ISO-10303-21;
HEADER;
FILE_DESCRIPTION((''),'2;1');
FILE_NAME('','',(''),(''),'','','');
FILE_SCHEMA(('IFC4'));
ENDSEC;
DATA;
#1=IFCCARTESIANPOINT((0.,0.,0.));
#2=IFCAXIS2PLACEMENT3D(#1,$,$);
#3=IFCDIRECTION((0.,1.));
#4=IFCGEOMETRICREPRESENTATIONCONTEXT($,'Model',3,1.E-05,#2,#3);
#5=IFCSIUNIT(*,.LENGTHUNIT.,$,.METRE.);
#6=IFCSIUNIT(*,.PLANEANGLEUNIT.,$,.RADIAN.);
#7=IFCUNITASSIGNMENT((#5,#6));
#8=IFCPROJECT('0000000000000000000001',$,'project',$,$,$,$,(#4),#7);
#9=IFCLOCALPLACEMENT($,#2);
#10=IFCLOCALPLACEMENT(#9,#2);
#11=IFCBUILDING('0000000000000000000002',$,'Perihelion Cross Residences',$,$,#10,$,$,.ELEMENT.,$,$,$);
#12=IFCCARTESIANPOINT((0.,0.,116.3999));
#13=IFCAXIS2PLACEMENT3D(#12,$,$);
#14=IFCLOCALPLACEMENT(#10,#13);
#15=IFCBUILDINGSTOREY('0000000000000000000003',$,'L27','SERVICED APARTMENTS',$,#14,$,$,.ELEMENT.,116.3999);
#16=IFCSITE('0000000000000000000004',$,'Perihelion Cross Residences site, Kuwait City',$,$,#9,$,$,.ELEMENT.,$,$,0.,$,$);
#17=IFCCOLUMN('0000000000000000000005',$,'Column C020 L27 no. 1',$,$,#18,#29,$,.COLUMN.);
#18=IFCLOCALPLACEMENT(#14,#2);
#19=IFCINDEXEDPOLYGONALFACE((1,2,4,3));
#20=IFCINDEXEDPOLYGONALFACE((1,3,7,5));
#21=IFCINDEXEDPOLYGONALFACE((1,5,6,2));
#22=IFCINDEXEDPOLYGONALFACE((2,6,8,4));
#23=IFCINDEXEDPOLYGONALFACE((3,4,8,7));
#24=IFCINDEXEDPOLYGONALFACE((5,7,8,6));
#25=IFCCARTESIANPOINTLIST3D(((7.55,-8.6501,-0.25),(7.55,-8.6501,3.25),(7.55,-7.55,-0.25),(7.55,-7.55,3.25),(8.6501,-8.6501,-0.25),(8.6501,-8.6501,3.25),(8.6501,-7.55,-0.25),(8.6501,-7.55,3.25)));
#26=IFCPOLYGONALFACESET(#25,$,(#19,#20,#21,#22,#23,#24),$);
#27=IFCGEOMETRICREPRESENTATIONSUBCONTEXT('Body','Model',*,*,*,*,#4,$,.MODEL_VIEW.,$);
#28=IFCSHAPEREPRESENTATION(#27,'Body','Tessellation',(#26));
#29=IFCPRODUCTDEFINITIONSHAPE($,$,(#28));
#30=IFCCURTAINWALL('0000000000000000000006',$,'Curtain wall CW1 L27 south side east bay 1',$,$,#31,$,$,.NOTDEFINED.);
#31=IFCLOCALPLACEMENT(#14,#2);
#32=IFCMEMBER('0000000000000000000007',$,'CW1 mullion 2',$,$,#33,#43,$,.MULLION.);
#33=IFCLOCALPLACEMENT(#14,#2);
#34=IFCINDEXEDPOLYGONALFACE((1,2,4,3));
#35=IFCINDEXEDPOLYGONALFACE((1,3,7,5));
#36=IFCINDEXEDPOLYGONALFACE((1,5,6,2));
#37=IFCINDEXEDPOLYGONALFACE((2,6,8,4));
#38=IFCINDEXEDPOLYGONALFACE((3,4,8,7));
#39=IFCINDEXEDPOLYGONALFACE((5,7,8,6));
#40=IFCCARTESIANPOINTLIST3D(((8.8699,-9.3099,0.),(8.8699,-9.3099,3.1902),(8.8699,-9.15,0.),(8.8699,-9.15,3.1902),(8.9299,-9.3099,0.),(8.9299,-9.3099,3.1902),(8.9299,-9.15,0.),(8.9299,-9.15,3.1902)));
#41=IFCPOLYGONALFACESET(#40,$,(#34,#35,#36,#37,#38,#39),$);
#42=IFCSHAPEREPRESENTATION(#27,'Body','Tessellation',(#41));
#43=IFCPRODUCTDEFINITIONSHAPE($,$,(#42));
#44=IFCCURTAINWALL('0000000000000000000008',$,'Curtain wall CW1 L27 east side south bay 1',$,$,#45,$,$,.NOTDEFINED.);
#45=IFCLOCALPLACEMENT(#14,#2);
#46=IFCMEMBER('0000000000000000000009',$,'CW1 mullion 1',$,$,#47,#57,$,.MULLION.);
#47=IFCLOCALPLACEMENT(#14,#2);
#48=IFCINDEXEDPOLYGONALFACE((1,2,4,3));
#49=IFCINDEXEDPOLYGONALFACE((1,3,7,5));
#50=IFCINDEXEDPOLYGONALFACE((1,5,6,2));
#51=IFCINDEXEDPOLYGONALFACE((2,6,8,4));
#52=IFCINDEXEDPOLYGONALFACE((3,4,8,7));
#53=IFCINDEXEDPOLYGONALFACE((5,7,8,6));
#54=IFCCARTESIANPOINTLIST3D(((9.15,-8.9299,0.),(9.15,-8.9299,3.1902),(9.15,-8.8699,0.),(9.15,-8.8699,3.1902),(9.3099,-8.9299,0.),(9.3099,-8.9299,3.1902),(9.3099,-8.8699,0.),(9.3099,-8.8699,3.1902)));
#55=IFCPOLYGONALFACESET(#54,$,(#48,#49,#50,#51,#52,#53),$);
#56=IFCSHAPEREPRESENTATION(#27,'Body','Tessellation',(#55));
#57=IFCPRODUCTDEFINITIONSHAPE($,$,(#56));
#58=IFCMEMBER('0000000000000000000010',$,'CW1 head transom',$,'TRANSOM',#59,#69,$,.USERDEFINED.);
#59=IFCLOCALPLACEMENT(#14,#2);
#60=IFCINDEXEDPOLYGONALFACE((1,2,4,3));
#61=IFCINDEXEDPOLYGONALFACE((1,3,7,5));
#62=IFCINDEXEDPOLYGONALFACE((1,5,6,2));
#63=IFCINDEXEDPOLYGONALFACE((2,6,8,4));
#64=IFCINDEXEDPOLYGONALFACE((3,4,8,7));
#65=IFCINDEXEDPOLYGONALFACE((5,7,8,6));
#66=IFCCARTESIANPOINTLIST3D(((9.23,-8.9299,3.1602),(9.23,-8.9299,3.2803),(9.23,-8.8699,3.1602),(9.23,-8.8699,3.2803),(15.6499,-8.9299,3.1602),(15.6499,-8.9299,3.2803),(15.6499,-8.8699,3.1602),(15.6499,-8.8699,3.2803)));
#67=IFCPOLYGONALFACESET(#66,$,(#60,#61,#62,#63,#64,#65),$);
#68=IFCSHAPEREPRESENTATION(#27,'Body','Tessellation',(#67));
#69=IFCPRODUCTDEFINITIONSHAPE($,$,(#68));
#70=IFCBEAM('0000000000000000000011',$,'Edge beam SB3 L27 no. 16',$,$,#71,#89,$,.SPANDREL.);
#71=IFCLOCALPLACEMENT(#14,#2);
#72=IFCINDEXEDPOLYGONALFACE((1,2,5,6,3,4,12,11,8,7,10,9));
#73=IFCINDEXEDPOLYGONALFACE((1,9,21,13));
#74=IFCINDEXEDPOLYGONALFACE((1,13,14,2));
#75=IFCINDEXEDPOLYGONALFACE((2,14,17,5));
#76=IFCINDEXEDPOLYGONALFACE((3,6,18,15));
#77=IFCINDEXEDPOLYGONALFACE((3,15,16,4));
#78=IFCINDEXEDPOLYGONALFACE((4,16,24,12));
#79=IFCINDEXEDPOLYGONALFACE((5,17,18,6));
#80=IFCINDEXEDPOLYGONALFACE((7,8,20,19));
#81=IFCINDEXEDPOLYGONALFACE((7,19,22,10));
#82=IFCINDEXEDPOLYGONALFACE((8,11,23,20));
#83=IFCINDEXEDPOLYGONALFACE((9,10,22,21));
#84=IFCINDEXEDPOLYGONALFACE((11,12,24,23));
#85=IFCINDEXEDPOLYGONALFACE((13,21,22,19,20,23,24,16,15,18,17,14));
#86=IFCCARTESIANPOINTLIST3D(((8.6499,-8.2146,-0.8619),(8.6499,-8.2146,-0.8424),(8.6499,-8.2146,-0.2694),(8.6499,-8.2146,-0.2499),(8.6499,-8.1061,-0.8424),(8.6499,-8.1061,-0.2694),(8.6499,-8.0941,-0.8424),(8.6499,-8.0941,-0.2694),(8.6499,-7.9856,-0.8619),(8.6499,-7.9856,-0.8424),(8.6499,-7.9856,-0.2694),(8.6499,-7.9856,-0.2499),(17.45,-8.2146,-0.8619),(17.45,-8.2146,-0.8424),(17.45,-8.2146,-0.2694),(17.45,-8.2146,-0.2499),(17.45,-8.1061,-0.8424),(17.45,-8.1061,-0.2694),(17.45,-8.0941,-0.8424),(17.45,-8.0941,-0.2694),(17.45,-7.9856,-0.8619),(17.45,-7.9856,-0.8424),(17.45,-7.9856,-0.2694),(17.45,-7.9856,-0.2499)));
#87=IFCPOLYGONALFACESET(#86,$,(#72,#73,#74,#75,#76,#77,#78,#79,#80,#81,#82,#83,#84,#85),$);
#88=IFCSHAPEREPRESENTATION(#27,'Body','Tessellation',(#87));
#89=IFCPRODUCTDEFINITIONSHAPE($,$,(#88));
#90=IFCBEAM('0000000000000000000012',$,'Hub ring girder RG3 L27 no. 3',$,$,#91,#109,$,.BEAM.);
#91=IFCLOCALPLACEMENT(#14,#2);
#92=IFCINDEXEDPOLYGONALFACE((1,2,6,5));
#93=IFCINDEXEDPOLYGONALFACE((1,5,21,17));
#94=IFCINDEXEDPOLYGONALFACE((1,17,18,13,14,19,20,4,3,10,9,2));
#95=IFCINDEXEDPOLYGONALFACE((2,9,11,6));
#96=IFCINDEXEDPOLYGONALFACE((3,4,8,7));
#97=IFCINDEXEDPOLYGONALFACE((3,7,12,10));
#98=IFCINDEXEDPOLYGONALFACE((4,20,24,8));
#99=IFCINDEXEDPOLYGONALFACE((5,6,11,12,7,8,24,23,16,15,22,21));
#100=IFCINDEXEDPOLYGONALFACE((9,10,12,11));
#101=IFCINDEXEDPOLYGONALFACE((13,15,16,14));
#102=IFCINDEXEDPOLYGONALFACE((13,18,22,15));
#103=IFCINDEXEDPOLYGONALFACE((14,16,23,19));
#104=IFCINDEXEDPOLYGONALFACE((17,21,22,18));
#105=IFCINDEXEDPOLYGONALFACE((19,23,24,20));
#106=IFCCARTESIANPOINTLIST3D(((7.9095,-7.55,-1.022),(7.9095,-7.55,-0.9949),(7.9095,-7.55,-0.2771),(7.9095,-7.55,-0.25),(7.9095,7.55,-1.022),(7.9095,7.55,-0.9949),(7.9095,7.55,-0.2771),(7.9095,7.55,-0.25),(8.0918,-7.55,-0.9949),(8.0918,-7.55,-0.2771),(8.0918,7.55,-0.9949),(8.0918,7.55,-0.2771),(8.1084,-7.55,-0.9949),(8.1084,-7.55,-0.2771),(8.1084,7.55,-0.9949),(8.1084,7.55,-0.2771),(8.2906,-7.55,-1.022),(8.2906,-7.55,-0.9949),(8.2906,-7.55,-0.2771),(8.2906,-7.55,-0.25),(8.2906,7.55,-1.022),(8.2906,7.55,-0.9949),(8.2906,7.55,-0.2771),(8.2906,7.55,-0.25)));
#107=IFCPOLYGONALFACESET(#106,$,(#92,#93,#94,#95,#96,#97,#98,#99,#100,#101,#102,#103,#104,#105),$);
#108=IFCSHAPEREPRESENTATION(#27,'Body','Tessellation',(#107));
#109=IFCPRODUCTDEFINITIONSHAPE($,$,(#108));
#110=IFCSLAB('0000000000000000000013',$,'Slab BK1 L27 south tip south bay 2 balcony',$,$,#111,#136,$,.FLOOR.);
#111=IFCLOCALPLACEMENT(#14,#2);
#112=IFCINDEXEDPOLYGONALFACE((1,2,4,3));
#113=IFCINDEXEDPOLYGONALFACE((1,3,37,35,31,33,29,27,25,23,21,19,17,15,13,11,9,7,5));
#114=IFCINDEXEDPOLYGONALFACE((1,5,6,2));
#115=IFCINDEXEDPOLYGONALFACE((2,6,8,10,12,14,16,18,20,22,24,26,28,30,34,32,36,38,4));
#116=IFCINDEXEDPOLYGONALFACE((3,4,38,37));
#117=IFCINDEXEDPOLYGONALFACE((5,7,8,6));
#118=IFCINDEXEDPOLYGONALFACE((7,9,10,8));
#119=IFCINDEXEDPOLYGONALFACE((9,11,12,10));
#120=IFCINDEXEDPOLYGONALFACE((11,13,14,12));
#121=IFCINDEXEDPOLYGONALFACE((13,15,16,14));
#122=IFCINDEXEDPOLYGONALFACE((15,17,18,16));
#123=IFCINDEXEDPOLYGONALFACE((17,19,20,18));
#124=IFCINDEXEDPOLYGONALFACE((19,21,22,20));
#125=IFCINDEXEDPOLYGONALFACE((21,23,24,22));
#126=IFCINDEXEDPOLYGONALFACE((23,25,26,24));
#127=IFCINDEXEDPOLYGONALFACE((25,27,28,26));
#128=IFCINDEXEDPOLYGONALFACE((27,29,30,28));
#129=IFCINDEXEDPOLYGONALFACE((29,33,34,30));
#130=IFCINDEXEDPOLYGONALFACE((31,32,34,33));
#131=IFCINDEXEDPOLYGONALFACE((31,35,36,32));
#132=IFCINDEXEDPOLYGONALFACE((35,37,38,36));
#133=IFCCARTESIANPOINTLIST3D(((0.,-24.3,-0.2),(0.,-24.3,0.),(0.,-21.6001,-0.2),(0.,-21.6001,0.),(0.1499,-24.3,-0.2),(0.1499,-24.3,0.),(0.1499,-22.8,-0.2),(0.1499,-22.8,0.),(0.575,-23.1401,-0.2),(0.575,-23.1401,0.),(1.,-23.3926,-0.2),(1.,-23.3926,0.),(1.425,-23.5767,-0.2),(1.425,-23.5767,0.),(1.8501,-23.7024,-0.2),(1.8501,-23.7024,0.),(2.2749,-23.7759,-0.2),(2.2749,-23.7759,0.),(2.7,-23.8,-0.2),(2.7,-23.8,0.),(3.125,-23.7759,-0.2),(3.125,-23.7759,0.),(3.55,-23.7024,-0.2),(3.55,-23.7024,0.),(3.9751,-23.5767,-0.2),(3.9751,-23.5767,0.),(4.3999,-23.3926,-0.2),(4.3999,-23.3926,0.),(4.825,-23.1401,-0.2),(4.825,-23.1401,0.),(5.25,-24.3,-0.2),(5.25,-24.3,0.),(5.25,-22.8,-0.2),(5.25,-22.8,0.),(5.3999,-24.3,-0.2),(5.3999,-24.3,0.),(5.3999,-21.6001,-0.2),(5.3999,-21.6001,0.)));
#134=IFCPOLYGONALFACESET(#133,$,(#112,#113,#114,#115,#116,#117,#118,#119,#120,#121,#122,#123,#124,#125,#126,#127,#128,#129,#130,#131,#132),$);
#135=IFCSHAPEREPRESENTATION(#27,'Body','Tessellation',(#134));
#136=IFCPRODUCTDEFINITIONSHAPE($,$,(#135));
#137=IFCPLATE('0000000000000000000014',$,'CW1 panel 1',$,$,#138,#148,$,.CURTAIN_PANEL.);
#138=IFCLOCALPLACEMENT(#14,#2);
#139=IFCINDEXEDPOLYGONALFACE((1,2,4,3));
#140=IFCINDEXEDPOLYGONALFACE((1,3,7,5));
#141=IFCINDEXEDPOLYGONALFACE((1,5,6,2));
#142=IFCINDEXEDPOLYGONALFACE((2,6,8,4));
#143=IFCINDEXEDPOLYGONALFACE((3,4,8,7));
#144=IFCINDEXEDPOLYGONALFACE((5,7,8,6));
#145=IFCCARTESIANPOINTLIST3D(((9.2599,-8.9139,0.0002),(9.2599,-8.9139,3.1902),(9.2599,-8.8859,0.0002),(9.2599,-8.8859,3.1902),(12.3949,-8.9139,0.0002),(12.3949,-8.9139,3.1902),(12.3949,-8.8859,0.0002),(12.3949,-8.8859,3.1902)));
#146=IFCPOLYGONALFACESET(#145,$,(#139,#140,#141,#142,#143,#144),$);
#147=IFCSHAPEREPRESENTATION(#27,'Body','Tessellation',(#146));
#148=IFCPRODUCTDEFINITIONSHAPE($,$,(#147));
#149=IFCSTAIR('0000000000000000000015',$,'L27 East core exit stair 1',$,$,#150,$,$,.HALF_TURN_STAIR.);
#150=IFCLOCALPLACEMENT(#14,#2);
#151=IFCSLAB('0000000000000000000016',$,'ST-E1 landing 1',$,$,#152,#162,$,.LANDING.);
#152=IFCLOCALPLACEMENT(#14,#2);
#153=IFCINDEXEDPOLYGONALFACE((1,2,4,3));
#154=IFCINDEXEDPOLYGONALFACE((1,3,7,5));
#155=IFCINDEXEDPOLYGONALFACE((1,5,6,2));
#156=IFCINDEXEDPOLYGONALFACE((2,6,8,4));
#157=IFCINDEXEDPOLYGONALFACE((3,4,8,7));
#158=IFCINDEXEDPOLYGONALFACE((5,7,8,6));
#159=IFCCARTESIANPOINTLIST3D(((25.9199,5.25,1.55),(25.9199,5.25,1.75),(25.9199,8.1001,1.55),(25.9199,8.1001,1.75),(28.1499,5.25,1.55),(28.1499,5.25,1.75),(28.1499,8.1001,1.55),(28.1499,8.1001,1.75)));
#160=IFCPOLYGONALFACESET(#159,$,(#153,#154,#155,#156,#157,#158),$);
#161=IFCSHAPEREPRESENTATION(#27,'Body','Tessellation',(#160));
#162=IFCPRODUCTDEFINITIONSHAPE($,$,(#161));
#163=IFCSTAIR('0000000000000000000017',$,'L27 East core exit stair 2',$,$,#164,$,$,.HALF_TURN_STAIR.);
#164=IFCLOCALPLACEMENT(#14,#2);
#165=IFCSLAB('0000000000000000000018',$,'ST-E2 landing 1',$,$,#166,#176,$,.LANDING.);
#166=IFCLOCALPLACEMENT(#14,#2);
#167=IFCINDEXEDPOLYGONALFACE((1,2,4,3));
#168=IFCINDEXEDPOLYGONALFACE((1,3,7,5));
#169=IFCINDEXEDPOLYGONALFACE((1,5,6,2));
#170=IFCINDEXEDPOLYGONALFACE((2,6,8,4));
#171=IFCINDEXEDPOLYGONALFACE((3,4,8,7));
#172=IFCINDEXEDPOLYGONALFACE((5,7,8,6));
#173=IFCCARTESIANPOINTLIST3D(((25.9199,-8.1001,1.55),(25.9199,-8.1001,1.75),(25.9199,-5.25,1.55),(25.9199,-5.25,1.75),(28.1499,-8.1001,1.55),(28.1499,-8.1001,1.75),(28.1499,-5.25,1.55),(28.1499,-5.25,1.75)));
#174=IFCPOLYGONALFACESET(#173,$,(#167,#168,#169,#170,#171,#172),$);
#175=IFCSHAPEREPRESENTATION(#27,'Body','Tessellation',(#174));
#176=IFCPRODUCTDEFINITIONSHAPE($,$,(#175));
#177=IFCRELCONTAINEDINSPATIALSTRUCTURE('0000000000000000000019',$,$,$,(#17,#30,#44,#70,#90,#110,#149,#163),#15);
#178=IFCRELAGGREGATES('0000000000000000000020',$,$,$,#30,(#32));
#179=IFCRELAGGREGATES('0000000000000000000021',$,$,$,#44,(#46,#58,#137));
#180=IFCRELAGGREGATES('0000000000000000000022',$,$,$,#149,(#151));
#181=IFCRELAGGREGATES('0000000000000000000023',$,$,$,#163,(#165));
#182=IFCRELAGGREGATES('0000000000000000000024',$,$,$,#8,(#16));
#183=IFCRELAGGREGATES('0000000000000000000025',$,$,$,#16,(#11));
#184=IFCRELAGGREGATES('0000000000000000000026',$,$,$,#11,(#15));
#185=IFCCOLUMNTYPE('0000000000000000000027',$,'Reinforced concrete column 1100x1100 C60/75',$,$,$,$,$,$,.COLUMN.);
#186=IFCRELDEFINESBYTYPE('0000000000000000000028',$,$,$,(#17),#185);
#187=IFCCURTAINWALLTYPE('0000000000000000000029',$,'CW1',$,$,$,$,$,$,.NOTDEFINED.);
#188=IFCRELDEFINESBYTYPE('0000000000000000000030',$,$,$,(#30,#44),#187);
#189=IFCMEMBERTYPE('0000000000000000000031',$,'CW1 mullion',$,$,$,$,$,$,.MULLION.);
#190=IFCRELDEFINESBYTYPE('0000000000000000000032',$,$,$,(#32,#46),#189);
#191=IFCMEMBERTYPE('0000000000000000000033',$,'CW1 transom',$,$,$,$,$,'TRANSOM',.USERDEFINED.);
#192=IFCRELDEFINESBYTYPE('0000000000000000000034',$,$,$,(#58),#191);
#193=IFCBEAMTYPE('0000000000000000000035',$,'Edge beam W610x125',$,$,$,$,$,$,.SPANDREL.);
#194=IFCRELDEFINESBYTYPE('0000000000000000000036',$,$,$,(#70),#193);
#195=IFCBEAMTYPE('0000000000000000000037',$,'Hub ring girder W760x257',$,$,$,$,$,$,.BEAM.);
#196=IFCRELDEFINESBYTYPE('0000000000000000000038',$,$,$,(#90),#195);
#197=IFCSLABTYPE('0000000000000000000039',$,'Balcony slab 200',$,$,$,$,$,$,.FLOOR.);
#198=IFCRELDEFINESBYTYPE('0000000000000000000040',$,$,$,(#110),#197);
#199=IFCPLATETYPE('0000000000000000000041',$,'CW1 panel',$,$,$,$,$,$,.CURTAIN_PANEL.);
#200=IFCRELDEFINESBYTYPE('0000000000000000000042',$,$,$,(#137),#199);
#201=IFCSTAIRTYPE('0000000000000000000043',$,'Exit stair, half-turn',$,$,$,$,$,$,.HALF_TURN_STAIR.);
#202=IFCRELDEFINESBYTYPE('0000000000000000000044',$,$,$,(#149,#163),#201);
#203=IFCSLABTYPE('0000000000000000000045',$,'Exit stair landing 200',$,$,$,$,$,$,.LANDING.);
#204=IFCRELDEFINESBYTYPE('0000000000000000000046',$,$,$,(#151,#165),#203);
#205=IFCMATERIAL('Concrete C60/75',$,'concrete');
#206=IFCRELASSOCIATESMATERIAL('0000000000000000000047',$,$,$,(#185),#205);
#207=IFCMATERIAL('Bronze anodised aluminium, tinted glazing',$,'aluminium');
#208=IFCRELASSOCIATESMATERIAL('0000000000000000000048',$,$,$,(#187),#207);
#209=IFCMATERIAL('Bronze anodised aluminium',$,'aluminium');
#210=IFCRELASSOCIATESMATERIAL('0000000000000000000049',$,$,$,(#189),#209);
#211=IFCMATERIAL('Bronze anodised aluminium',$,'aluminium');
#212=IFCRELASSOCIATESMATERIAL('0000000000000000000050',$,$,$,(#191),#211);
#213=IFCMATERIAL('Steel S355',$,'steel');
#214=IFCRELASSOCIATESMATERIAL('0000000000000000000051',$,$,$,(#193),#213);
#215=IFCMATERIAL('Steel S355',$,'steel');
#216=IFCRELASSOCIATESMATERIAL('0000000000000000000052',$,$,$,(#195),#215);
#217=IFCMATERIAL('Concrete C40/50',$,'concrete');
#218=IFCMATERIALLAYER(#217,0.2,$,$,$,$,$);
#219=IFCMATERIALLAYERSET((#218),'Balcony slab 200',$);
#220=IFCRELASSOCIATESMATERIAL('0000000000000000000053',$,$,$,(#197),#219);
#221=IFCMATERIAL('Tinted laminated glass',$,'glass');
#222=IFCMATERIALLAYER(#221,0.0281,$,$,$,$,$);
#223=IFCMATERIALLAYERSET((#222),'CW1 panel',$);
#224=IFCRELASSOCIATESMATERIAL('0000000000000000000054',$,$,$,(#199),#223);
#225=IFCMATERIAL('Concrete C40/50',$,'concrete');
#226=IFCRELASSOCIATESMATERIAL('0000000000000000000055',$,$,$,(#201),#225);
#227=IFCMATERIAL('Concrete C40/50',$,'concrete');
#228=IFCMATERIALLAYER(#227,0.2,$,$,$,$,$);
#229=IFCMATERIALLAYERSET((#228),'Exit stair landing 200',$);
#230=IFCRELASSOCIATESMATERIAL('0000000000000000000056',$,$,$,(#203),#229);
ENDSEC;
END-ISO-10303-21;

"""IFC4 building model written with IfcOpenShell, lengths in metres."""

from ifc_helpers import new_model, si_unit, direction, frame, origin, origin_2d, place, context, subcontext, project, spatial, polyline, rectangle, i_section, outline, extrude, material, layer, layer_set, material_profile, profile_set, type_object, element, aggregate, save


model = new_model("IFC4")

# Units and contexts
model_context = context("Model", 3, precision=1e-05, world=origin(), true_north=direction((0.0, 1.0)))
body_context = subcontext(model_context, "Body", "Model", "MODEL_VIEW")
ifc_project = project(units=[si_unit("LENGTHUNIT", "METRE"), si_unit("PLANEANGLEUNIT", "RADIAN")], contexts=[model_context])

# Site, building, storey
site_placement = place(None, origin())
site = spatial("IfcSite", under=ifc_project, at=site_placement, Name="Perihelion Cross Residences site, Kuwait City", CompositionType="ELEMENT", RefElevation=0.0)
building_placement = place(site_placement, origin())
building = spatial("IfcBuilding", under=site, at=building_placement, Name="Perihelion Cross Residences", CompositionType="ELEMENT")
storey_placement = place(building_placement, frame((0.0, 0.0, 116.3999)))
storey = spatial("IfcBuildingStorey", under=building, at=storey_placement, Name="L27", Description="SERVICED APARTMENTS", CompositionType="ELEMENT", Elevation=116.3999)

# Column
ifc_material_1 = material(Name="Concrete C60/75", Category="concrete")
ifc_material_profile_1 = material_profile(ifc_material_1, rectangle(XDim=1.1001, YDim=1.1001, at=origin_2d()), Name="RC 1100x1100")
ifc_profile_set_1 = profile_set([ifc_material_profile_1], Name="Concrete C60/75")
column_type = type_object("IfcColumnType", Name="Reinforced concrete column 1100x1100 C60/75", PredefinedType="COLUMN", material=ifc_profile_set_1)
column_placement = place(storey_placement, frame((8.1001, -8.1001, -0.25), z_axis=(0.0, 0.0, 1.0), x_axis=(1.0, 0.0, 0.0)))
element("IfcColumn", 1, at=column_placement, inside=storey, type_object=column_type, Name="Column C020 L27 no. 1", PredefinedType="COLUMN", context=body_context, shape_type="SweptSolid", body=[
    extrude(rectangle(XDim=1.1001, YDim=1.1001, at=origin_2d()), origin(), (0.0, 0.0, 1.0), 3.5),
])

# Curtain wall, member
ifc_material_2 = material(Name="Bronze anodised aluminium, tinted glazing", Category="aluminium")
curtain_wall_type = type_object("IfcCurtainWallType", Name="CW1", PredefinedType="NOTDEFINED", material=ifc_material_2)
curtain_wall_1_placement = place(storey_placement, origin())
curtain_wall_1 = element("IfcCurtainWall", 2, at=curtain_wall_1_placement, inside=storey, type_object=curtain_wall_type, Name="Curtain wall CW1 L27 south side east bay 1", PredefinedType="NOTDEFINED")
ifc_material_3 = material(Name="Bronze anodised aluminium", Category="aluminium")
ifc_material_profile_2 = material_profile(ifc_material_3, rectangle(XDim=0.0601, YDim=0.1599, at=origin_2d()), Name="CW1 mullion")
ifc_profile_set_2 = profile_set([ifc_material_profile_2], Name="Bronze anodised aluminium")
member_type_1 = type_object("IfcMemberType", Name="CW1 mullion", PredefinedType="MULLION", material=ifc_profile_set_2)
member_1_placement = place(storey_placement, frame((8.8999, -9.23, 0.0), z_axis=(0.0, 0.0, 1.0), x_axis=(-1.0, 0.0, 0.0)))
member_1 = element("IfcMember", 3, at=member_1_placement, type_object=member_type_1, Name="CW1 mullion 2", PredefinedType="MULLION", context=body_context, shape_type="SweptSolid", body=[
    extrude(rectangle(XDim=0.0601, YDim=0.1599, at=origin_2d()), origin(), (0.0, 0.0, 1.0), 3.1902),
])
aggregate(curtain_wall_1, [member_1])

# Curtain wall, members
curtain_wall_2_placement = place(storey_placement, origin())
curtain_wall_2 = element("IfcCurtainWall", 4, at=curtain_wall_2_placement, inside=storey, type_object=curtain_wall_type, Name="Curtain wall CW1 L27 east side south bay 1", PredefinedType="NOTDEFINED")
member_2_placement = place(storey_placement, frame((9.23, -8.8999, 0.0), z_axis=(0.0, 0.0, 1.0), x_axis=(0.0, 1.0, 0.0)))
member_2 = element("IfcMember", 5, at=member_2_placement, type_object=member_type_1, Name="CW1 mullion 1", PredefinedType="MULLION", context=body_context, shape_type="SweptSolid", body=[
    extrude(rectangle(XDim=0.0601, YDim=0.1599, at=origin_2d()), origin(), (0.0, 0.0, 1.0), 3.1902),
])
ifc_material_4 = material(Name="Bronze anodised aluminium", Category="aluminium")
ifc_material_profile_3 = material_profile(ifc_material_4, rectangle(XDim=0.0601, YDim=0.1201, at=origin_2d()), Name="CW1 transom")
ifc_profile_set_3 = profile_set([ifc_material_profile_3], Name="Bronze anodised aluminium")
member_type_2 = type_object("IfcMemberType", Name="CW1 transom", ElementType="TRANSOM", PredefinedType="USERDEFINED", material=ifc_profile_set_3)
member_3_placement = place(storey_placement, frame((9.23, -8.8999, 3.2202), z_axis=(1.0, 0.0, 0.0), x_axis=(0.0, 1.0, 0.0)))
member_3 = element("IfcMember", 6, at=member_3_placement, type_object=member_type_2, Name="CW1 head transom", ObjectType="TRANSOM", PredefinedType="USERDEFINED", context=body_context, shape_type="SweptSolid", body=[
    extrude(rectangle(XDim=0.0601, YDim=0.1201, at=origin_2d()), origin(), (0.0, 0.0, 1.0), 6.4199),
])

# Beams
ifc_material_5 = material(Name="Steel S355", Category="steel")
ifc_material_profile_4 = material_profile(ifc_material_5, i_section(OverallWidth=0.229, OverallDepth=0.6121, WebThickness=0.012, FlangeThickness=0.0195, at=origin_2d()), Name="W610x125")
ifc_profile_set_4 = profile_set([ifc_material_profile_4], Name="Steel S355")
beam_type_1 = type_object("IfcBeamType", Name="Edge beam W610x125", PredefinedType="SPANDREL", material=ifc_profile_set_4)
beam_1_placement = place(storey_placement, frame((8.6499, -8.1001, -0.5559), z_axis=(1.0, 0.0, 0.0), x_axis=(0.0, 1.0, 0.0)))
element("IfcBeam", 7, at=beam_1_placement, inside=storey, type_object=beam_type_1, Name="Edge beam SB3 L27 no. 16", PredefinedType="SPANDREL", context=body_context, shape_type="SweptSolid", body=[
    extrude(i_section(OverallWidth=0.229, OverallDepth=0.6121, WebThickness=0.012, FlangeThickness=0.0195, at=origin_2d()), origin(), (0.0, 0.0, 1.0), 8.8),
])
ifc_material_6 = material(Name="Steel S355", Category="steel")
ifc_material_profile_5 = material_profile(ifc_material_6, i_section(OverallWidth=0.3811, OverallDepth=0.772, WebThickness=0.0166, FlangeThickness=0.0271, at=origin_2d()), Name="W760x257")
ifc_profile_set_5 = profile_set([ifc_material_profile_5], Name="Steel S355")
beam_type_2 = type_object("IfcBeamType", Name="Hub ring girder W760x257", PredefinedType="BEAM", material=ifc_profile_set_5)
beam_2_placement = place(storey_placement, frame((8.1001, -7.55, -0.636), z_axis=(0.0, 1.0, 0.0), x_axis=(-1.0, 0.0, 0.0)))
element("IfcBeam", 8, at=beam_2_placement, inside=storey, type_object=beam_type_2, Name="Hub ring girder RG3 L27 no. 3", PredefinedType="BEAM", context=body_context, shape_type="SweptSolid", body=[
    extrude(i_section(OverallWidth=0.3811, OverallDepth=0.772, WebThickness=0.0166, FlangeThickness=0.0271, at=origin_2d()), origin(), (0.0, 0.0, 1.0), 15.1001),
])

# Slab
ifc_material_7 = material(Name="Concrete C40/50", Category="concrete")
ifc_layer_1 = layer(ifc_material_7, 0.2)
ifc_layer_set_1 = layer_set([ifc_layer_1], Name="Balcony slab 200")
slab_type_1 = type_object("IfcSlabType", Name="Balcony slab 200", PredefinedType="FLOOR", material=ifc_layer_set_1)
slab_1_placement = place(storey_placement, frame((0.0, 0.0, -0.2)))
element("IfcSlab", 9, at=slab_1_placement, inside=storey, type_object=slab_type_1, Name="Slab BK1 L27 south tip south bay 2 balcony", PredefinedType="FLOOR", context=body_context, shape_type="SweptSolid", body=[
    extrude(outline(polyline([(0.0, -21.6001), (5.3999, -21.6001), (5.3999, -24.3), (5.25, -24.3), (5.25, -22.8), (4.825, -23.1401), (4.3999, -23.3926), (3.9751, -23.5767), (3.55, -23.7024), (3.125, -23.7759), (2.7, -23.8), (2.2749, -23.7759), (1.8501, -23.7024), (1.425, -23.5767), (1.0, -23.3926), (0.575, -23.1401), (0.1499, -22.8), (0.1499, -24.3), (0.0, -24.3), (0.0, -21.6001)])), origin(), (0.0, 0.0, 1.0), 0.2),
])

# Plate
ifc_material_8 = material(Name="Tinted laminated glass", Category="glass")
ifc_layer_2 = layer(ifc_material_8, 0.0281)
ifc_layer_set_2 = layer_set([ifc_layer_2], Name="CW1 panel")
plate_type = type_object("IfcPlateType", Name="CW1 panel", PredefinedType="CURTAIN_PANEL", material=ifc_layer_set_2)
plate_placement = place(storey_placement, frame((10.8274, -8.8999, 0.0002), z_axis=(0.0, 0.0, 1.0), x_axis=(1.0, 0.0, 0.0)))
plate = element("IfcPlate", 10, at=plate_placement, type_object=plate_type, Name="CW1 panel 1", PredefinedType="CURTAIN_PANEL", context=body_context, shape_type="SweptSolid", body=[
    extrude(rectangle(XDim=3.135, YDim=0.0281, at=origin_2d()), origin(), (0.0, 0.0, 1.0), 3.1899),
])
aggregate(curtain_wall_2, [member_2, member_3, plate])

# Stairs, slabs
ifc_material_9 = material(Name="Concrete C40/50", Category="concrete")
stair_type = type_object("IfcStairType", Name="Exit stair, half-turn", PredefinedType="HALF_TURN_STAIR", material=ifc_material_9)
stair_1_placement = place(storey_placement, origin())
stair_1 = element("IfcStair", 11, at=stair_1_placement, inside=storey, type_object=stair_type, Name="L27 East core exit stair 1", PredefinedType="HALF_TURN_STAIR")
ifc_material_10 = material(Name="Concrete C40/50", Category="concrete")
ifc_layer_3 = layer(ifc_material_10, 0.2)
ifc_layer_set_3 = layer_set([ifc_layer_3], Name="Exit stair landing 200")
slab_type_2 = type_object("IfcSlabType", Name="Exit stair landing 200", PredefinedType="LANDING", material=ifc_layer_set_3)
slab_2_placement = place(storey_placement, frame((0.0, 0.0, 1.55)))
slab_2 = element("IfcSlab", 12, at=slab_2_placement, type_object=slab_type_2, Name="ST-E1 landing 1", PredefinedType="LANDING", context=body_context, shape_type="SweptSolid", body=[
    extrude(outline(polyline([(25.9199, 5.25), (28.1499, 5.25), (28.1499, 8.1001), (25.9199, 8.1001), (25.9199, 5.25)])), origin(), (0.0, 0.0, 1.0), 0.2),
])
aggregate(stair_1, [slab_2])
stair_2_placement = place(storey_placement, origin())
stair_2 = element("IfcStair", 13, at=stair_2_placement, inside=storey, type_object=stair_type, Name="L27 East core exit stair 2", PredefinedType="HALF_TURN_STAIR")
slab_3_placement = place(storey_placement, frame((0.0, 0.0, 1.55)))
slab_3 = element("IfcSlab", 14, at=slab_3_placement, type_object=slab_type_2, Name="ST-E2 landing 1", PredefinedType="LANDING", context=body_context, shape_type="SweptSolid", body=[
    extrude(outline(polyline([(25.9199, -8.1001), (28.1499, -8.1001), (28.1499, -5.25), (25.9199, -5.25), (25.9199, -8.1001)])), origin(), (0.0, 0.0, 1.0), 0.2),
])
aggregate(stair_2, [slab_3])

save(model, "model.ifc")
